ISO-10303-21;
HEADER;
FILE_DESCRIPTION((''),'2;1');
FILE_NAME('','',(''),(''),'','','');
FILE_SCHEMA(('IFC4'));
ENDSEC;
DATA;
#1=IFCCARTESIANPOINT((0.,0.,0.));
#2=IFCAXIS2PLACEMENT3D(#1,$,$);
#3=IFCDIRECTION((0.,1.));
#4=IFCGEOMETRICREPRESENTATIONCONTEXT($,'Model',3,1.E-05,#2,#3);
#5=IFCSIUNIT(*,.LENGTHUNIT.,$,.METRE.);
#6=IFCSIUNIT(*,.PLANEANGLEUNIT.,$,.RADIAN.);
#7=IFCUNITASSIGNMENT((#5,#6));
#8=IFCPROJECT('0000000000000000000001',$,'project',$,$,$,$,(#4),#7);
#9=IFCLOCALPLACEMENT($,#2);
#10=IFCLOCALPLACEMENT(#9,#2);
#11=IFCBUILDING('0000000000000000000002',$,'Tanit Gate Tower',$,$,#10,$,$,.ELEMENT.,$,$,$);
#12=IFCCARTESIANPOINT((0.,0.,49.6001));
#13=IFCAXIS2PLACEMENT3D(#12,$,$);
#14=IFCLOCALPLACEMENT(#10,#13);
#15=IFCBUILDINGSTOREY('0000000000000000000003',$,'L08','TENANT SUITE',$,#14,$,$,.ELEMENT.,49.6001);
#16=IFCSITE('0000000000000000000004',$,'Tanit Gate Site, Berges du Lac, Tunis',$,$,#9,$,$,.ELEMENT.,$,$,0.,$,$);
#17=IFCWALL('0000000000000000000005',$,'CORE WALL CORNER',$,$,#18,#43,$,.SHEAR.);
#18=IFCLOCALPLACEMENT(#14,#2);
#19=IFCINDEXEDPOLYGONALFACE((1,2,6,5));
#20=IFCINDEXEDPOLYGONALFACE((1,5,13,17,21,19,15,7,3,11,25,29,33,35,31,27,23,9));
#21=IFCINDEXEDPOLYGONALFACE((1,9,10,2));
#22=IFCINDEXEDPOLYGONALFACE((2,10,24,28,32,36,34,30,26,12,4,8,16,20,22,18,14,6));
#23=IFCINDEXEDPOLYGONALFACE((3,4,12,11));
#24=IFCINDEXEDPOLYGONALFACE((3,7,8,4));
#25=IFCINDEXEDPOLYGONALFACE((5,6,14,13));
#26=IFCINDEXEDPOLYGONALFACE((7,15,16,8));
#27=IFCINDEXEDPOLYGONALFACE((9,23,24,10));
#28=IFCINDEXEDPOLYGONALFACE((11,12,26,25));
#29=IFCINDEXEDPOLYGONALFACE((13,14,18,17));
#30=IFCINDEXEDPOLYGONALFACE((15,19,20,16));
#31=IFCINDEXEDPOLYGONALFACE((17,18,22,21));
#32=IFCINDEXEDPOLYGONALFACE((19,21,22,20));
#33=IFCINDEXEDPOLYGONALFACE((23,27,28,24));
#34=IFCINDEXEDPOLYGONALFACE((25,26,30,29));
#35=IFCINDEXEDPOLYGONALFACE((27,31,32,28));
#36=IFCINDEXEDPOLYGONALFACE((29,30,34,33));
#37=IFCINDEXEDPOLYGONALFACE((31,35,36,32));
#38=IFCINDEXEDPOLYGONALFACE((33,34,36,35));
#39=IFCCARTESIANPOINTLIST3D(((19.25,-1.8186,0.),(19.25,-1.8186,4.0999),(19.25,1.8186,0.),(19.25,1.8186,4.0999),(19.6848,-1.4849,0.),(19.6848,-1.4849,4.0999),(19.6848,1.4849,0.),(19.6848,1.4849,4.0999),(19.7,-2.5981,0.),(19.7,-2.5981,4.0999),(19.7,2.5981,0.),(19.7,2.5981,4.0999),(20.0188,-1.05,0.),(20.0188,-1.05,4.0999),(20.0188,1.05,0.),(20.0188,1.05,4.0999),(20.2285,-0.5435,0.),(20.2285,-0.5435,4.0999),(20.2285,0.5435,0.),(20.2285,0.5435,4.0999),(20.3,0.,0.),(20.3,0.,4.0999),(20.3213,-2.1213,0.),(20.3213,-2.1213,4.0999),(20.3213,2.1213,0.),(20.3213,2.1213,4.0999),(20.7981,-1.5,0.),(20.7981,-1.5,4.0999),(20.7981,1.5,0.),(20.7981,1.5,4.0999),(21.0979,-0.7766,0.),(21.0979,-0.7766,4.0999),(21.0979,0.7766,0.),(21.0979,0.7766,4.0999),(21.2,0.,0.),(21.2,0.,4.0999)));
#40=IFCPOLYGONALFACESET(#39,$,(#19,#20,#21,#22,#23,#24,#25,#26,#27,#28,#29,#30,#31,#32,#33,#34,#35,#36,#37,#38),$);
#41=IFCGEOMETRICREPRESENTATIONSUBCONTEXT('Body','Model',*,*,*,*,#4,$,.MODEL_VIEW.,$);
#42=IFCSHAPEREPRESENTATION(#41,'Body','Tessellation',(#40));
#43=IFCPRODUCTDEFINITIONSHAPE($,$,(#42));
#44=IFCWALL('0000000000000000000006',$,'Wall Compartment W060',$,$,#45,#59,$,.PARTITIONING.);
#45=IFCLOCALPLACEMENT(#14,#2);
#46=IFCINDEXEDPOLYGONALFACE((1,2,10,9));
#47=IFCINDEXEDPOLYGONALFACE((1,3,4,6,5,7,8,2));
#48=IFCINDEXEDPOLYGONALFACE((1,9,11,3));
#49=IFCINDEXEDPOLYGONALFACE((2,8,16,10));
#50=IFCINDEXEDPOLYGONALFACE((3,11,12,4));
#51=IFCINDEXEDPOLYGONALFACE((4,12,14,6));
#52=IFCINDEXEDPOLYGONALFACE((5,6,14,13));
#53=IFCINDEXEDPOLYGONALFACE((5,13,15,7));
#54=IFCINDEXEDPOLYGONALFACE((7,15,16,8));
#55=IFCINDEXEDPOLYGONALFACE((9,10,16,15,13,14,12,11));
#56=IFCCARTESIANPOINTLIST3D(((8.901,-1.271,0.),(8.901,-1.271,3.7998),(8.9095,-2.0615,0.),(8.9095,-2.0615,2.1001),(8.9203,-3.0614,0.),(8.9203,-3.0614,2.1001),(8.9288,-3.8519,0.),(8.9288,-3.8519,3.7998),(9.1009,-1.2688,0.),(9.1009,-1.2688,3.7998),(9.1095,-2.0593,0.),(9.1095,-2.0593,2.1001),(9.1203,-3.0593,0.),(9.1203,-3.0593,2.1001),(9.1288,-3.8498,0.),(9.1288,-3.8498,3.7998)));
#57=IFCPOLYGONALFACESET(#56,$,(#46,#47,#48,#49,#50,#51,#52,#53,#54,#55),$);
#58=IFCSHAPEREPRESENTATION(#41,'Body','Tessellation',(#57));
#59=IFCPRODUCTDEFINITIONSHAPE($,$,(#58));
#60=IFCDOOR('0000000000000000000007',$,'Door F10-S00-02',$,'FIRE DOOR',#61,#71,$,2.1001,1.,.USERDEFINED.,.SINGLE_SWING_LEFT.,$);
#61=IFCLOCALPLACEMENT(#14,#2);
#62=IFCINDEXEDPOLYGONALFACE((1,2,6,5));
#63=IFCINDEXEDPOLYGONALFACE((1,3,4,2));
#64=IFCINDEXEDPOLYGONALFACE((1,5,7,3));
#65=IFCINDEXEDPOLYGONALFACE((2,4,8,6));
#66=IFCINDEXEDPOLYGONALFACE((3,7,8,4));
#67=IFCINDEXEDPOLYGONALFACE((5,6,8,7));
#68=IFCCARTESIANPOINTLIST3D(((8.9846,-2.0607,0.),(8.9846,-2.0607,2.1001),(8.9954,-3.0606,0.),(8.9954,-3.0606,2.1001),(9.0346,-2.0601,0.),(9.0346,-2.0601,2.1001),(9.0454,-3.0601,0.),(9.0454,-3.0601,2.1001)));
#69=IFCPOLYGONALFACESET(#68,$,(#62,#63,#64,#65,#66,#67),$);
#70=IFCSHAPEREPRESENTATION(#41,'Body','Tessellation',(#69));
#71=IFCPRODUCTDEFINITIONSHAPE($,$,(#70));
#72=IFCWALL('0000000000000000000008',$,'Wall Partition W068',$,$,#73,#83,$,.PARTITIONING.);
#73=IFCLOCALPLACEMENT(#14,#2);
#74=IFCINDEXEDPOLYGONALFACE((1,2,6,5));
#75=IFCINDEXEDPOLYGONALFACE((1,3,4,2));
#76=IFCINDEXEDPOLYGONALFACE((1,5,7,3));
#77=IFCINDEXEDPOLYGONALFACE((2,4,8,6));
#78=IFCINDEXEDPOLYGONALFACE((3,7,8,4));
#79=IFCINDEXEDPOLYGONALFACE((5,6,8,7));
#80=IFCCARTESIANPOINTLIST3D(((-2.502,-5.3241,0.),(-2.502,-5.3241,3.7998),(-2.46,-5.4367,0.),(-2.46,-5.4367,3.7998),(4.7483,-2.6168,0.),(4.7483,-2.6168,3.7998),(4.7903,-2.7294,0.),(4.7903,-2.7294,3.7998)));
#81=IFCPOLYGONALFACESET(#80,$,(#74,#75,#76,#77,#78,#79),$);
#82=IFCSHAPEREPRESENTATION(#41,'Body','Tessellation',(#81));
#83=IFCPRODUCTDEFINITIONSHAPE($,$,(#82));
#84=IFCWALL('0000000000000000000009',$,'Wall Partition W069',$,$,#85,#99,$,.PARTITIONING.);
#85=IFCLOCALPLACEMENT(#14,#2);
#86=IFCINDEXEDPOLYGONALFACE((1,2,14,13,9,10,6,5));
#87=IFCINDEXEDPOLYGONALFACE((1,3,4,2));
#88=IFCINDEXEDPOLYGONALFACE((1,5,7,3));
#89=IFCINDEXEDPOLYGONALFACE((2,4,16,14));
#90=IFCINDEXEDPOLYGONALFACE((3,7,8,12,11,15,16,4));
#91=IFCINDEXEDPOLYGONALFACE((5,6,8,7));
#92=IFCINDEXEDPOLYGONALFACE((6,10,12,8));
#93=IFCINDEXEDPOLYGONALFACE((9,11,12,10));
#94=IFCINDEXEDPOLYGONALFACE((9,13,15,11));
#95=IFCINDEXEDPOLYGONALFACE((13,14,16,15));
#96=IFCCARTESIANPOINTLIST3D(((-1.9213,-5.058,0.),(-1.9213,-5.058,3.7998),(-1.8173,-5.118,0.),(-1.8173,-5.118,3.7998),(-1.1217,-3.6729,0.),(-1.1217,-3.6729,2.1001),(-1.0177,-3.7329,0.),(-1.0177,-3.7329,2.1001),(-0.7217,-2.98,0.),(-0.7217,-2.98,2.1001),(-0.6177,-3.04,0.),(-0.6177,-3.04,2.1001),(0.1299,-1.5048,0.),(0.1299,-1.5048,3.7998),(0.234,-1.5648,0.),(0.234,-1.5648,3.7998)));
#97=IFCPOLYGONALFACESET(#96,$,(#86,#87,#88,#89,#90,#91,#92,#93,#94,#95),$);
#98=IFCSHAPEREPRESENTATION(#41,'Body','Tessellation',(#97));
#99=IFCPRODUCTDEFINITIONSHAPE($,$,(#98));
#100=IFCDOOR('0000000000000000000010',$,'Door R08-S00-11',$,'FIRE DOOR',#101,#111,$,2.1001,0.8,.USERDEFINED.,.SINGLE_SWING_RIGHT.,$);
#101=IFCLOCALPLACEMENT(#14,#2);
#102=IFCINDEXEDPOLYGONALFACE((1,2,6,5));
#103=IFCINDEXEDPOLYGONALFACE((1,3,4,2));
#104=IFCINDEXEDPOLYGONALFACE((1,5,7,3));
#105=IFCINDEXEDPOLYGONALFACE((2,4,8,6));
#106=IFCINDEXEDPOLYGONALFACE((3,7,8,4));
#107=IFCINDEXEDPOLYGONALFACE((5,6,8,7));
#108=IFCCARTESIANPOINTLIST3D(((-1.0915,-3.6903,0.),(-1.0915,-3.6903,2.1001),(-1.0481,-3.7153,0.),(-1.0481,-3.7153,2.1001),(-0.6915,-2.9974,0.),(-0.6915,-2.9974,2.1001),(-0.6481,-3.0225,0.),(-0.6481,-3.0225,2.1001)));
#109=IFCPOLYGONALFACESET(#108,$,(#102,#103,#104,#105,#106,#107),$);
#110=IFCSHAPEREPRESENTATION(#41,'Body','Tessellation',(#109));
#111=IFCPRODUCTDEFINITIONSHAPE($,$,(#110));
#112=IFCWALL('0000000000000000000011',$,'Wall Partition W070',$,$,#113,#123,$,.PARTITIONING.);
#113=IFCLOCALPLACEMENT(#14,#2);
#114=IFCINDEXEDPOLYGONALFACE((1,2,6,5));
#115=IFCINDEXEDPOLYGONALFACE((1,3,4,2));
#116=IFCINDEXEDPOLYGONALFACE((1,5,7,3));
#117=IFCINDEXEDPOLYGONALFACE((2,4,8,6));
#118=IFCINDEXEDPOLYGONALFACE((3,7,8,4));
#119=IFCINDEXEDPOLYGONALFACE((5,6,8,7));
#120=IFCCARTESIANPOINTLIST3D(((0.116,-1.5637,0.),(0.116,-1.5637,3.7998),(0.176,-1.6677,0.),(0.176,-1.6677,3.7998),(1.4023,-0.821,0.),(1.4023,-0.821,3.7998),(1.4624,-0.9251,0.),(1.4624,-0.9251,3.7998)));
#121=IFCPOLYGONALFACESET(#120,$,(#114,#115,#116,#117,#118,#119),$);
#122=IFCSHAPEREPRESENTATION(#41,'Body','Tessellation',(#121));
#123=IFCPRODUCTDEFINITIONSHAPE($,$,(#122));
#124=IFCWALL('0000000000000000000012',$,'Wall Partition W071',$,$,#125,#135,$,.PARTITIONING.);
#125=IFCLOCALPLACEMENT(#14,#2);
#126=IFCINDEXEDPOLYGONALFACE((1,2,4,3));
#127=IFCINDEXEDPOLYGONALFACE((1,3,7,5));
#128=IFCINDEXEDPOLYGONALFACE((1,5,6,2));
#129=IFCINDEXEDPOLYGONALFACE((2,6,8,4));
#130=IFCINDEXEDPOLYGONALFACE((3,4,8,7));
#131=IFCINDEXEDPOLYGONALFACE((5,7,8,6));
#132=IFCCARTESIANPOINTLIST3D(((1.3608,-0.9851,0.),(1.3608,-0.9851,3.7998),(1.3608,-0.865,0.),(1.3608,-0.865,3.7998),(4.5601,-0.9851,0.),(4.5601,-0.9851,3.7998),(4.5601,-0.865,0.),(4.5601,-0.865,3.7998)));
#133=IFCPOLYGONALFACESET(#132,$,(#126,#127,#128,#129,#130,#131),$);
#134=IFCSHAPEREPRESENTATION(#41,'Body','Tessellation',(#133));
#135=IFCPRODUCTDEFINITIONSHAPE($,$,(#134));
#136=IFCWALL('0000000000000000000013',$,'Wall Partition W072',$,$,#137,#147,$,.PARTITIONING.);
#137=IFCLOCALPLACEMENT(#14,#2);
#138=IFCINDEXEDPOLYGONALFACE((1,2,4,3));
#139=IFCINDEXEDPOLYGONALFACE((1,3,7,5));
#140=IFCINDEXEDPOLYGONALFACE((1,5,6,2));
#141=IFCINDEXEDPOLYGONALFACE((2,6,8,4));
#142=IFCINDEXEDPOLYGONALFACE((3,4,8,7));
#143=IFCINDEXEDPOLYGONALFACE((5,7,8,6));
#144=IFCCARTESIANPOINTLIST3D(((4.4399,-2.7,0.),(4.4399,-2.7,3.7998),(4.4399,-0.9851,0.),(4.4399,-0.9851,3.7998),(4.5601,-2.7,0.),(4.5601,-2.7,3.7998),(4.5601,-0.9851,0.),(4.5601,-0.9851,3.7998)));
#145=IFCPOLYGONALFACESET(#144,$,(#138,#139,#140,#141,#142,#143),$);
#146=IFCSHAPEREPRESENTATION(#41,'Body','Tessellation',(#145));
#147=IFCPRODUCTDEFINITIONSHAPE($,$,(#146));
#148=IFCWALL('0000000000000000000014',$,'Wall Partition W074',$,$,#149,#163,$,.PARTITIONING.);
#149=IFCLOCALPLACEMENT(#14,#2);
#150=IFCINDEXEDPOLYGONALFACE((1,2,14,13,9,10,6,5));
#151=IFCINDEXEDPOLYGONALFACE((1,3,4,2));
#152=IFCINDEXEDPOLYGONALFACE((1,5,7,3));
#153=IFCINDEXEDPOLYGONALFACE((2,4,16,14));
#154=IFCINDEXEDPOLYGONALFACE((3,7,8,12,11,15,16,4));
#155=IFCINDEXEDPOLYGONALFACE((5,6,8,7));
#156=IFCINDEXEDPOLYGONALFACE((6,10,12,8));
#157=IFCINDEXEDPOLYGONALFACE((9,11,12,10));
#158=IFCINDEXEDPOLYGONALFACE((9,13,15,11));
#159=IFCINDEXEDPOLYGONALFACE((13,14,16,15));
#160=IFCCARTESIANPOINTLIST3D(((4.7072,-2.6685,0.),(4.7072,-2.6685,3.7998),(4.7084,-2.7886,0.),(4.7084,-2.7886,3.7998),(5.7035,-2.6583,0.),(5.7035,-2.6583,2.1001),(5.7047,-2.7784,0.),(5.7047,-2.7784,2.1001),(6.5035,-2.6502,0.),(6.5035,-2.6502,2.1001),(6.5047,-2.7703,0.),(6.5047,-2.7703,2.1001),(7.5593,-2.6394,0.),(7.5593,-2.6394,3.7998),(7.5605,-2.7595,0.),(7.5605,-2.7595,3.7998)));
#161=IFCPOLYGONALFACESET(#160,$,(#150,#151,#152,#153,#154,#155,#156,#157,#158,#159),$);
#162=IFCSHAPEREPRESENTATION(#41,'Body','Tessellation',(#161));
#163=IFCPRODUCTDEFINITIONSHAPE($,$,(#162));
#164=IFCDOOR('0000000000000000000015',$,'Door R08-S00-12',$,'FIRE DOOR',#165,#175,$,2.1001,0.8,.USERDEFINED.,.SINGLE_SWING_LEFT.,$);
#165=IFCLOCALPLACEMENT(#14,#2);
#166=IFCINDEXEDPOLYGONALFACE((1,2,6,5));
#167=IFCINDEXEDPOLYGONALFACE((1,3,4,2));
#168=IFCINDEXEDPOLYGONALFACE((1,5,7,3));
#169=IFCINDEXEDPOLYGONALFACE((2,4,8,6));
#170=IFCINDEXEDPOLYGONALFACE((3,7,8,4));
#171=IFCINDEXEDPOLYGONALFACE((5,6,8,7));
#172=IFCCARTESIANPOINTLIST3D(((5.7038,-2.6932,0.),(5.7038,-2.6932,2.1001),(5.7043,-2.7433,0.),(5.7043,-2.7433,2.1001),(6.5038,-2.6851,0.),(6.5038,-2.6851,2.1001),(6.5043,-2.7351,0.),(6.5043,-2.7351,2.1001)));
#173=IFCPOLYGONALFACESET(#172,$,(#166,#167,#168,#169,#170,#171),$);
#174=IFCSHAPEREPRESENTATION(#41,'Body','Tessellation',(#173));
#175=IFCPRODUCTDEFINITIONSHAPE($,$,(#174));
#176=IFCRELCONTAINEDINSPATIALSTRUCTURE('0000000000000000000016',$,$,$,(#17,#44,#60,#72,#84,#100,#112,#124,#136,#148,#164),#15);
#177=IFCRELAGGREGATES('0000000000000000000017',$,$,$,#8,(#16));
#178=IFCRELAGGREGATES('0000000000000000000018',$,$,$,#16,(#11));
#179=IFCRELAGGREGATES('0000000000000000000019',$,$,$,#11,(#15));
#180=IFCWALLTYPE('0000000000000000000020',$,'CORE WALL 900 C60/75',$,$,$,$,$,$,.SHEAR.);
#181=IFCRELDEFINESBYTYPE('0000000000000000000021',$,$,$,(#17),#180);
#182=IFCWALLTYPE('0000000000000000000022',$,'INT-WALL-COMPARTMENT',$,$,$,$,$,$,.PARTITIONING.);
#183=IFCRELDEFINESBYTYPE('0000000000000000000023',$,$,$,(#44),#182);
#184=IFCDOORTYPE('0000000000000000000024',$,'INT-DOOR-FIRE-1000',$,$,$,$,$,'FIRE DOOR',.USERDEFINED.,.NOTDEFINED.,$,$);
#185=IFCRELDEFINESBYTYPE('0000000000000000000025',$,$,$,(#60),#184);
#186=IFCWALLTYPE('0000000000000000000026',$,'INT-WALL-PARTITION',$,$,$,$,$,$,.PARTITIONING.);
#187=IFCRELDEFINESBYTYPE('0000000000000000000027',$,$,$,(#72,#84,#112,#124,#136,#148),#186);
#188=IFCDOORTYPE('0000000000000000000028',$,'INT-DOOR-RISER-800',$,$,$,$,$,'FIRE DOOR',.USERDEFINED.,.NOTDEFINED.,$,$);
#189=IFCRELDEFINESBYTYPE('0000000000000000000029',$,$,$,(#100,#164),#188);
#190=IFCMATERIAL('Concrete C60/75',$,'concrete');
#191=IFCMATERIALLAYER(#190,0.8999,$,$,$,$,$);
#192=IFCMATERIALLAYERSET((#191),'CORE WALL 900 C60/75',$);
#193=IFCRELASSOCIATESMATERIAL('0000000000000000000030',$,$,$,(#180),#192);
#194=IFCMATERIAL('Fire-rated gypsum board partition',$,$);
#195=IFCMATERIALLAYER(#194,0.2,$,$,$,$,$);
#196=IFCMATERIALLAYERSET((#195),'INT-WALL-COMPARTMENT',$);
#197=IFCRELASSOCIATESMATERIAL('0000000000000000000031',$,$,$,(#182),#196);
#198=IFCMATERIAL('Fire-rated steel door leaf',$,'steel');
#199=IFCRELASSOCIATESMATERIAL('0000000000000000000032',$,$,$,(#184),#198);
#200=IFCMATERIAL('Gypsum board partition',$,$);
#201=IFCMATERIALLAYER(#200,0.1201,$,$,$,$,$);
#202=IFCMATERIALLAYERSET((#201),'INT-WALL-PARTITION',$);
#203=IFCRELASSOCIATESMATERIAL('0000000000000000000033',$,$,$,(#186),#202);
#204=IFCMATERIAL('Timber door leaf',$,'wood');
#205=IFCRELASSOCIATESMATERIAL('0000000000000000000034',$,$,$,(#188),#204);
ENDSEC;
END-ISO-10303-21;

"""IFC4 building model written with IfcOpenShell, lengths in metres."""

from ifc_helpers import new_model, si_unit, direction, frame, frame_2d, origin, place, context, subcontext, project, spatial, polyline, rectangle, outline, extrude, material, layer, layer_set, type_object, element, fill, save


model = new_model("IFC4")

# Units and contexts
model_context = context("Model", 3, precision=1e-05, world=origin(), true_north=direction((0.0, 1.0)))
body_context = subcontext(model_context, "Body", "Model", "MODEL_VIEW")
ifc_project = project(units=[si_unit("LENGTHUNIT", "METRE"), si_unit("PLANEANGLEUNIT", "RADIAN")], contexts=[model_context])

# Site, building, storey
site_placement = place(None, origin())
site = spatial("IfcSite", under=ifc_project, at=site_placement, Name="Tanit Gate Site, Berges du Lac, Tunis", CompositionType="ELEMENT", RefElevation=0.0)
building_placement = place(site_placement, origin())
building = spatial("IfcBuilding", under=site, at=building_placement, Name="Tanit Gate Tower", CompositionType="ELEMENT")
storey_placement = place(building_placement, frame((0.0, 0.0, 49.6001)))
storey = spatial("IfcBuildingStorey", under=building, at=storey_placement, Name="L08", Description="TENANT SUITE", CompositionType="ELEMENT", Elevation=49.6001)

# Wall
ifc_material_1 = material(Name="Concrete C60/75", Category="concrete")
ifc_layer_1 = layer(ifc_material_1, 0.8999)
ifc_layer_set_1 = layer_set([ifc_layer_1], Name="CORE WALL 900 C60/75")
wall_type_1 = type_object("IfcWallType", Name="CORE WALL 900 C60/75", PredefinedType="SHEAR", material=ifc_layer_set_1)
wall_1_placement = place(storey_placement, origin())
element("IfcWall", 1, at=wall_1_placement, inside=storey, type_object=wall_type_1, Name="CORE WALL CORNER", PredefinedType="SHEAR", context=body_context, shape_type="SweptSolid", body=[
    extrude(outline(polyline([(19.7, -2.5981), (20.3213, -2.1213), (20.7981, -1.5), (21.0979, -0.7766), (21.2, 0.0), (21.0979, 0.7766), (20.7981, 1.5), (20.3213, 2.1213), (19.7, 2.5981), (19.25, 1.8186), (19.6848, 1.4849), (20.0188, 1.05), (20.2285, 0.5435), (20.3, 0.0), (20.2285, -0.5435), (20.0188, -1.05), (19.6848, -1.4849), (19.25, -1.8186), (19.7, -2.5981)])), origin(), (0.0, 0.0, 1.0), 4.0999),
])

# Wall, opening, door
ifc_material_2 = material(Name="Fire-rated gypsum board partition")
ifc_layer_2 = layer(ifc_material_2, 0.2)
ifc_layer_set_2 = layer_set([ifc_layer_2], Name="INT-WALL-COMPARTMENT")
wall_type_2 = type_object("IfcWallType", Name="INT-WALL-COMPARTMENT", PredefinedType="PARTITIONING", material=ifc_layer_set_2)
wall_2_placement = place(storey_placement, frame((9.0288, -3.8508, 0.0), z_axis=(0.0, 0.0, 1.0), x_axis=(-0.010784, 0.999942, 0.0)))
wall_2 = element("IfcWall", 2, at=wall_2_placement, inside=storey, type_object=wall_type_2, Name="Wall Compartment W060", PredefinedType="PARTITIONING", context=body_context, shape_type="SweptSolid", body=[
    extrude(rectangle(XDim=2.5811, YDim=0.2, at=frame_2d((1.2905, 0.0))), origin(), (0.0, 0.0, 1.0), 3.7998),
])
opening_1_placement = place(wall_2_placement, frame((0.7905, 0.0, 0.0)))
opening_1 = element("IfcOpeningElement", 3, at=opening_1_placement, cuts=wall_2, PredefinedType="OPENING", context=body_context, shape_type="SweptSolid", body=[
    extrude(rectangle(XDim=1.0, YDim=2.1001, at=frame_2d((0.5, 1.05))), frame((0.0, 0.1099, 0.0), z_axis=(0.0, -1.0, 0.0), x_axis=(1.0, 0.0, 0.0)), (0.0, 0.0, 1.0), 0.22),
])
ifc_material_3 = material(Name="Fire-rated steel door leaf", Category="steel")
door_type_1 = type_object("IfcDoorType", Name="INT-DOOR-FIRE-1000", ElementType="FIRE DOOR", OperationType="NOTDEFINED", PredefinedType="USERDEFINED", material=ifc_material_3)
door_1_placement = place(opening_1_placement, origin())
door_1 = element("IfcDoor", 4, at=door_1_placement, inside=storey, type_object=door_type_1, Name="Door F10-S00-02", ObjectType="FIRE DOOR", OperationType="SINGLE_SWING_LEFT", OverallHeight=2.1001, OverallWidth=1.0, PredefinedType="USERDEFINED", context=body_context, shape_type="SweptSolid", body=[
    extrude(rectangle(XDim=1.0, YDim=2.1001, at=frame_2d((0.5, 1.05))), frame((0.0, 0.0249, 0.0), z_axis=(0.0, -1.0, 0.0), x_axis=(1.0, 0.0, 0.0)), (0.0, 0.0, 1.0), 0.05),
])
fill(opening_1, door_1)

# Wall
ifc_material_4 = material(Name="Gypsum board partition")
ifc_layer_3 = layer(ifc_material_4, 0.1201)
ifc_layer_set_3 = layer_set([ifc_layer_3], Name="INT-WALL-PARTITION")
wall_type_3 = type_object("IfcWallType", Name="INT-WALL-PARTITION", PredefinedType="PARTITIONING", material=ifc_layer_set_3)
wall_3_placement = place(storey_placement, frame((4.7693, -2.6731, 0.0), z_axis=(0.0, 0.0, 1.0), x_axis=(-0.93682, -0.349813, 0.0)))
element("IfcWall", 5, at=wall_3_placement, inside=storey, type_object=wall_type_3, Name="Wall Partition W068", PredefinedType="PARTITIONING", context=body_context, shape_type="SweptSolid", body=[
    extrude(rectangle(XDim=7.7393, YDim=0.1201, at=frame_2d((3.8696, 0.0))), origin(), (0.0, 0.0, 1.0), 3.7998),
])

# Wall, opening, door
wall_4_placement = place(storey_placement, frame((0.1819, -1.5349, 0.0), z_axis=(0.0, 0.0, 1.0), x_axis=(-0.499966, -0.866045, 0.0)))
wall_4 = element("IfcWall", 6, at=wall_4_placement, inside=storey, type_object=wall_type_3, Name="Wall Partition W069", PredefinedType="PARTITIONING", context=body_context, shape_type="SweptSolid", body=[
    extrude(rectangle(XDim=4.1028, YDim=0.1201, at=frame_2d((2.0513, 0.0))), origin(), (0.0, 0.0, 1.0), 3.7998),
])
opening_2_placement = place(wall_4_placement, frame((1.7034, 0.0, 0.0)))
opening_2 = element("IfcOpeningElement", 7, at=opening_2_placement, cuts=wall_4, PredefinedType="OPENING", context=body_context, shape_type="SweptSolid", body=[
    extrude(rectangle(XDim=0.8, YDim=2.1001, at=frame_2d((0.3999, 1.05))), frame((0.0, 0.0701, 0.0), z_axis=(0.0, -1.0, 0.0), x_axis=(1.0, 0.0, 0.0)), (0.0, 0.0, 1.0), 0.1401),
])
ifc_material_5 = material(Name="Timber door leaf", Category="wood")
door_type_2 = type_object("IfcDoorType", Name="INT-DOOR-RISER-800", ElementType="FIRE DOOR", OperationType="NOTDEFINED", PredefinedType="USERDEFINED", material=ifc_material_5)
door_2_placement = place(opening_2_placement, origin())
door_2 = element("IfcDoor", 8, at=door_2_placement, inside=storey, type_object=door_type_2, Name="Door R08-S00-11", ObjectType="FIRE DOOR", OperationType="SINGLE_SWING_RIGHT", OverallHeight=2.1001, OverallWidth=0.8, PredefinedType="USERDEFINED", context=body_context, shape_type="SweptSolid", body=[
    extrude(rectangle(XDim=0.8, YDim=2.1001, at=frame_2d((0.3999, 1.05))), frame((0.0, 0.0249, 0.0), z_axis=(0.0, -1.0, 0.0), x_axis=(1.0, 0.0, 0.0)), (0.0, 0.0, 1.0), 0.05),
])
fill(opening_2, door_2)

# Walls
wall_5_placement = place(storey_placement, frame((1.4324, -0.873, 0.0), z_axis=(0.0, 0.0, 1.0), x_axis=(-0.86603, -0.499993, 0.0)))
element("IfcWall", 9, at=wall_5_placement, inside=storey, type_object=wall_type_3, Name="Wall Partition W070", PredefinedType="PARTITIONING", context=body_context, shape_type="SweptSolid", body=[
    extrude(rectangle(XDim=1.4854, YDim=0.1201, at=frame_2d((0.7427, 0.0))), origin(), (0.0, 0.0, 1.0), 3.7998),
])
wall_6_placement = place(storey_placement, frame((4.5601, -0.925, 0.0), z_axis=(0.0, 0.0, 1.0), x_axis=(-1.0, 0.0, 0.0)))
element("IfcWall", 10, at=wall_6_placement, inside=storey, type_object=wall_type_3, Name="Wall Partition W071", PredefinedType="PARTITIONING", context=body_context, shape_type="SweptSolid", body=[
    extrude(rectangle(XDim=3.1992, YDim=0.1201, at=frame_2d((1.5996, 0.0))), origin(), (0.0, 0.0, 1.0), 3.7998),
])
wall_7_placement = place(storey_placement, frame((4.5, -2.7, 0.0), z_axis=(0.0, 0.0, 1.0), x_axis=(0.0, 1.0, 0.0)))
element("IfcWall", 11, at=wall_7_placement, inside=storey, type_object=wall_type_3, Name="Wall Partition W072", PredefinedType="PARTITIONING", context=body_context, shape_type="SweptSolid", body=[
    extrude(rectangle(XDim=1.7148, YDim=0.1201, at=frame_2d((0.8574, 0.0))), origin(), (0.0, 0.0, 1.0), 3.7998),
])

# Wall, opening, door
wall_8_placement = place(storey_placement, frame((7.5601, -2.6995, 0.0), z_axis=(0.0, 0.0, 1.0), x_axis=(-0.999948, -0.010186, 0.0)))
wall_8 = element("IfcWall", 12, at=wall_8_placement, inside=storey, type_object=wall_type_3, Name="Wall Partition W074", PredefinedType="PARTITIONING", context=body_context, shape_type="SweptSolid", body=[
    extrude(rectangle(XDim=2.8523, YDim=0.1201, at=frame_2d((1.4263, 0.0))), origin(), (0.0, 0.0, 1.0), 3.7998),
])
opening_3_placement = place(wall_8_placement, frame((1.0562, 0.0, 0.0)))
opening_3 = element("IfcOpeningElement", 13, at=opening_3_placement, cuts=wall_8, PredefinedType="OPENING", context=body_context, shape_type="SweptSolid", body=[
    extrude(rectangle(XDim=0.8, YDim=2.1001, at=frame_2d((0.3999, 1.05))), frame((0.0, 0.0701, 0.0), z_axis=(0.0, -1.0, 0.0), x_axis=(1.0, 0.0, 0.0)), (0.0, 0.0, 1.0), 0.1401),
])
door_3_placement = place(opening_3_placement, origin())
door_3 = element("IfcDoor", 14, at=door_3_placement, inside=storey, type_object=door_type_2, Name="Door R08-S00-12", ObjectType="FIRE DOOR", OperationType="SINGLE_SWING_LEFT", OverallHeight=2.1001, OverallWidth=0.8, PredefinedType="USERDEFINED", context=body_context, shape_type="SweptSolid", body=[
    extrude(rectangle(XDim=0.8, YDim=2.1001, at=frame_2d((0.3999, 1.05))), frame((0.0, 0.0249, 0.0), z_axis=(0.0, -1.0, 0.0), x_axis=(1.0, 0.0, 0.0)), (0.0, 0.0, 1.0), 0.05),
])
fill(opening_3, door_3)

save(model, "model.ifc")
